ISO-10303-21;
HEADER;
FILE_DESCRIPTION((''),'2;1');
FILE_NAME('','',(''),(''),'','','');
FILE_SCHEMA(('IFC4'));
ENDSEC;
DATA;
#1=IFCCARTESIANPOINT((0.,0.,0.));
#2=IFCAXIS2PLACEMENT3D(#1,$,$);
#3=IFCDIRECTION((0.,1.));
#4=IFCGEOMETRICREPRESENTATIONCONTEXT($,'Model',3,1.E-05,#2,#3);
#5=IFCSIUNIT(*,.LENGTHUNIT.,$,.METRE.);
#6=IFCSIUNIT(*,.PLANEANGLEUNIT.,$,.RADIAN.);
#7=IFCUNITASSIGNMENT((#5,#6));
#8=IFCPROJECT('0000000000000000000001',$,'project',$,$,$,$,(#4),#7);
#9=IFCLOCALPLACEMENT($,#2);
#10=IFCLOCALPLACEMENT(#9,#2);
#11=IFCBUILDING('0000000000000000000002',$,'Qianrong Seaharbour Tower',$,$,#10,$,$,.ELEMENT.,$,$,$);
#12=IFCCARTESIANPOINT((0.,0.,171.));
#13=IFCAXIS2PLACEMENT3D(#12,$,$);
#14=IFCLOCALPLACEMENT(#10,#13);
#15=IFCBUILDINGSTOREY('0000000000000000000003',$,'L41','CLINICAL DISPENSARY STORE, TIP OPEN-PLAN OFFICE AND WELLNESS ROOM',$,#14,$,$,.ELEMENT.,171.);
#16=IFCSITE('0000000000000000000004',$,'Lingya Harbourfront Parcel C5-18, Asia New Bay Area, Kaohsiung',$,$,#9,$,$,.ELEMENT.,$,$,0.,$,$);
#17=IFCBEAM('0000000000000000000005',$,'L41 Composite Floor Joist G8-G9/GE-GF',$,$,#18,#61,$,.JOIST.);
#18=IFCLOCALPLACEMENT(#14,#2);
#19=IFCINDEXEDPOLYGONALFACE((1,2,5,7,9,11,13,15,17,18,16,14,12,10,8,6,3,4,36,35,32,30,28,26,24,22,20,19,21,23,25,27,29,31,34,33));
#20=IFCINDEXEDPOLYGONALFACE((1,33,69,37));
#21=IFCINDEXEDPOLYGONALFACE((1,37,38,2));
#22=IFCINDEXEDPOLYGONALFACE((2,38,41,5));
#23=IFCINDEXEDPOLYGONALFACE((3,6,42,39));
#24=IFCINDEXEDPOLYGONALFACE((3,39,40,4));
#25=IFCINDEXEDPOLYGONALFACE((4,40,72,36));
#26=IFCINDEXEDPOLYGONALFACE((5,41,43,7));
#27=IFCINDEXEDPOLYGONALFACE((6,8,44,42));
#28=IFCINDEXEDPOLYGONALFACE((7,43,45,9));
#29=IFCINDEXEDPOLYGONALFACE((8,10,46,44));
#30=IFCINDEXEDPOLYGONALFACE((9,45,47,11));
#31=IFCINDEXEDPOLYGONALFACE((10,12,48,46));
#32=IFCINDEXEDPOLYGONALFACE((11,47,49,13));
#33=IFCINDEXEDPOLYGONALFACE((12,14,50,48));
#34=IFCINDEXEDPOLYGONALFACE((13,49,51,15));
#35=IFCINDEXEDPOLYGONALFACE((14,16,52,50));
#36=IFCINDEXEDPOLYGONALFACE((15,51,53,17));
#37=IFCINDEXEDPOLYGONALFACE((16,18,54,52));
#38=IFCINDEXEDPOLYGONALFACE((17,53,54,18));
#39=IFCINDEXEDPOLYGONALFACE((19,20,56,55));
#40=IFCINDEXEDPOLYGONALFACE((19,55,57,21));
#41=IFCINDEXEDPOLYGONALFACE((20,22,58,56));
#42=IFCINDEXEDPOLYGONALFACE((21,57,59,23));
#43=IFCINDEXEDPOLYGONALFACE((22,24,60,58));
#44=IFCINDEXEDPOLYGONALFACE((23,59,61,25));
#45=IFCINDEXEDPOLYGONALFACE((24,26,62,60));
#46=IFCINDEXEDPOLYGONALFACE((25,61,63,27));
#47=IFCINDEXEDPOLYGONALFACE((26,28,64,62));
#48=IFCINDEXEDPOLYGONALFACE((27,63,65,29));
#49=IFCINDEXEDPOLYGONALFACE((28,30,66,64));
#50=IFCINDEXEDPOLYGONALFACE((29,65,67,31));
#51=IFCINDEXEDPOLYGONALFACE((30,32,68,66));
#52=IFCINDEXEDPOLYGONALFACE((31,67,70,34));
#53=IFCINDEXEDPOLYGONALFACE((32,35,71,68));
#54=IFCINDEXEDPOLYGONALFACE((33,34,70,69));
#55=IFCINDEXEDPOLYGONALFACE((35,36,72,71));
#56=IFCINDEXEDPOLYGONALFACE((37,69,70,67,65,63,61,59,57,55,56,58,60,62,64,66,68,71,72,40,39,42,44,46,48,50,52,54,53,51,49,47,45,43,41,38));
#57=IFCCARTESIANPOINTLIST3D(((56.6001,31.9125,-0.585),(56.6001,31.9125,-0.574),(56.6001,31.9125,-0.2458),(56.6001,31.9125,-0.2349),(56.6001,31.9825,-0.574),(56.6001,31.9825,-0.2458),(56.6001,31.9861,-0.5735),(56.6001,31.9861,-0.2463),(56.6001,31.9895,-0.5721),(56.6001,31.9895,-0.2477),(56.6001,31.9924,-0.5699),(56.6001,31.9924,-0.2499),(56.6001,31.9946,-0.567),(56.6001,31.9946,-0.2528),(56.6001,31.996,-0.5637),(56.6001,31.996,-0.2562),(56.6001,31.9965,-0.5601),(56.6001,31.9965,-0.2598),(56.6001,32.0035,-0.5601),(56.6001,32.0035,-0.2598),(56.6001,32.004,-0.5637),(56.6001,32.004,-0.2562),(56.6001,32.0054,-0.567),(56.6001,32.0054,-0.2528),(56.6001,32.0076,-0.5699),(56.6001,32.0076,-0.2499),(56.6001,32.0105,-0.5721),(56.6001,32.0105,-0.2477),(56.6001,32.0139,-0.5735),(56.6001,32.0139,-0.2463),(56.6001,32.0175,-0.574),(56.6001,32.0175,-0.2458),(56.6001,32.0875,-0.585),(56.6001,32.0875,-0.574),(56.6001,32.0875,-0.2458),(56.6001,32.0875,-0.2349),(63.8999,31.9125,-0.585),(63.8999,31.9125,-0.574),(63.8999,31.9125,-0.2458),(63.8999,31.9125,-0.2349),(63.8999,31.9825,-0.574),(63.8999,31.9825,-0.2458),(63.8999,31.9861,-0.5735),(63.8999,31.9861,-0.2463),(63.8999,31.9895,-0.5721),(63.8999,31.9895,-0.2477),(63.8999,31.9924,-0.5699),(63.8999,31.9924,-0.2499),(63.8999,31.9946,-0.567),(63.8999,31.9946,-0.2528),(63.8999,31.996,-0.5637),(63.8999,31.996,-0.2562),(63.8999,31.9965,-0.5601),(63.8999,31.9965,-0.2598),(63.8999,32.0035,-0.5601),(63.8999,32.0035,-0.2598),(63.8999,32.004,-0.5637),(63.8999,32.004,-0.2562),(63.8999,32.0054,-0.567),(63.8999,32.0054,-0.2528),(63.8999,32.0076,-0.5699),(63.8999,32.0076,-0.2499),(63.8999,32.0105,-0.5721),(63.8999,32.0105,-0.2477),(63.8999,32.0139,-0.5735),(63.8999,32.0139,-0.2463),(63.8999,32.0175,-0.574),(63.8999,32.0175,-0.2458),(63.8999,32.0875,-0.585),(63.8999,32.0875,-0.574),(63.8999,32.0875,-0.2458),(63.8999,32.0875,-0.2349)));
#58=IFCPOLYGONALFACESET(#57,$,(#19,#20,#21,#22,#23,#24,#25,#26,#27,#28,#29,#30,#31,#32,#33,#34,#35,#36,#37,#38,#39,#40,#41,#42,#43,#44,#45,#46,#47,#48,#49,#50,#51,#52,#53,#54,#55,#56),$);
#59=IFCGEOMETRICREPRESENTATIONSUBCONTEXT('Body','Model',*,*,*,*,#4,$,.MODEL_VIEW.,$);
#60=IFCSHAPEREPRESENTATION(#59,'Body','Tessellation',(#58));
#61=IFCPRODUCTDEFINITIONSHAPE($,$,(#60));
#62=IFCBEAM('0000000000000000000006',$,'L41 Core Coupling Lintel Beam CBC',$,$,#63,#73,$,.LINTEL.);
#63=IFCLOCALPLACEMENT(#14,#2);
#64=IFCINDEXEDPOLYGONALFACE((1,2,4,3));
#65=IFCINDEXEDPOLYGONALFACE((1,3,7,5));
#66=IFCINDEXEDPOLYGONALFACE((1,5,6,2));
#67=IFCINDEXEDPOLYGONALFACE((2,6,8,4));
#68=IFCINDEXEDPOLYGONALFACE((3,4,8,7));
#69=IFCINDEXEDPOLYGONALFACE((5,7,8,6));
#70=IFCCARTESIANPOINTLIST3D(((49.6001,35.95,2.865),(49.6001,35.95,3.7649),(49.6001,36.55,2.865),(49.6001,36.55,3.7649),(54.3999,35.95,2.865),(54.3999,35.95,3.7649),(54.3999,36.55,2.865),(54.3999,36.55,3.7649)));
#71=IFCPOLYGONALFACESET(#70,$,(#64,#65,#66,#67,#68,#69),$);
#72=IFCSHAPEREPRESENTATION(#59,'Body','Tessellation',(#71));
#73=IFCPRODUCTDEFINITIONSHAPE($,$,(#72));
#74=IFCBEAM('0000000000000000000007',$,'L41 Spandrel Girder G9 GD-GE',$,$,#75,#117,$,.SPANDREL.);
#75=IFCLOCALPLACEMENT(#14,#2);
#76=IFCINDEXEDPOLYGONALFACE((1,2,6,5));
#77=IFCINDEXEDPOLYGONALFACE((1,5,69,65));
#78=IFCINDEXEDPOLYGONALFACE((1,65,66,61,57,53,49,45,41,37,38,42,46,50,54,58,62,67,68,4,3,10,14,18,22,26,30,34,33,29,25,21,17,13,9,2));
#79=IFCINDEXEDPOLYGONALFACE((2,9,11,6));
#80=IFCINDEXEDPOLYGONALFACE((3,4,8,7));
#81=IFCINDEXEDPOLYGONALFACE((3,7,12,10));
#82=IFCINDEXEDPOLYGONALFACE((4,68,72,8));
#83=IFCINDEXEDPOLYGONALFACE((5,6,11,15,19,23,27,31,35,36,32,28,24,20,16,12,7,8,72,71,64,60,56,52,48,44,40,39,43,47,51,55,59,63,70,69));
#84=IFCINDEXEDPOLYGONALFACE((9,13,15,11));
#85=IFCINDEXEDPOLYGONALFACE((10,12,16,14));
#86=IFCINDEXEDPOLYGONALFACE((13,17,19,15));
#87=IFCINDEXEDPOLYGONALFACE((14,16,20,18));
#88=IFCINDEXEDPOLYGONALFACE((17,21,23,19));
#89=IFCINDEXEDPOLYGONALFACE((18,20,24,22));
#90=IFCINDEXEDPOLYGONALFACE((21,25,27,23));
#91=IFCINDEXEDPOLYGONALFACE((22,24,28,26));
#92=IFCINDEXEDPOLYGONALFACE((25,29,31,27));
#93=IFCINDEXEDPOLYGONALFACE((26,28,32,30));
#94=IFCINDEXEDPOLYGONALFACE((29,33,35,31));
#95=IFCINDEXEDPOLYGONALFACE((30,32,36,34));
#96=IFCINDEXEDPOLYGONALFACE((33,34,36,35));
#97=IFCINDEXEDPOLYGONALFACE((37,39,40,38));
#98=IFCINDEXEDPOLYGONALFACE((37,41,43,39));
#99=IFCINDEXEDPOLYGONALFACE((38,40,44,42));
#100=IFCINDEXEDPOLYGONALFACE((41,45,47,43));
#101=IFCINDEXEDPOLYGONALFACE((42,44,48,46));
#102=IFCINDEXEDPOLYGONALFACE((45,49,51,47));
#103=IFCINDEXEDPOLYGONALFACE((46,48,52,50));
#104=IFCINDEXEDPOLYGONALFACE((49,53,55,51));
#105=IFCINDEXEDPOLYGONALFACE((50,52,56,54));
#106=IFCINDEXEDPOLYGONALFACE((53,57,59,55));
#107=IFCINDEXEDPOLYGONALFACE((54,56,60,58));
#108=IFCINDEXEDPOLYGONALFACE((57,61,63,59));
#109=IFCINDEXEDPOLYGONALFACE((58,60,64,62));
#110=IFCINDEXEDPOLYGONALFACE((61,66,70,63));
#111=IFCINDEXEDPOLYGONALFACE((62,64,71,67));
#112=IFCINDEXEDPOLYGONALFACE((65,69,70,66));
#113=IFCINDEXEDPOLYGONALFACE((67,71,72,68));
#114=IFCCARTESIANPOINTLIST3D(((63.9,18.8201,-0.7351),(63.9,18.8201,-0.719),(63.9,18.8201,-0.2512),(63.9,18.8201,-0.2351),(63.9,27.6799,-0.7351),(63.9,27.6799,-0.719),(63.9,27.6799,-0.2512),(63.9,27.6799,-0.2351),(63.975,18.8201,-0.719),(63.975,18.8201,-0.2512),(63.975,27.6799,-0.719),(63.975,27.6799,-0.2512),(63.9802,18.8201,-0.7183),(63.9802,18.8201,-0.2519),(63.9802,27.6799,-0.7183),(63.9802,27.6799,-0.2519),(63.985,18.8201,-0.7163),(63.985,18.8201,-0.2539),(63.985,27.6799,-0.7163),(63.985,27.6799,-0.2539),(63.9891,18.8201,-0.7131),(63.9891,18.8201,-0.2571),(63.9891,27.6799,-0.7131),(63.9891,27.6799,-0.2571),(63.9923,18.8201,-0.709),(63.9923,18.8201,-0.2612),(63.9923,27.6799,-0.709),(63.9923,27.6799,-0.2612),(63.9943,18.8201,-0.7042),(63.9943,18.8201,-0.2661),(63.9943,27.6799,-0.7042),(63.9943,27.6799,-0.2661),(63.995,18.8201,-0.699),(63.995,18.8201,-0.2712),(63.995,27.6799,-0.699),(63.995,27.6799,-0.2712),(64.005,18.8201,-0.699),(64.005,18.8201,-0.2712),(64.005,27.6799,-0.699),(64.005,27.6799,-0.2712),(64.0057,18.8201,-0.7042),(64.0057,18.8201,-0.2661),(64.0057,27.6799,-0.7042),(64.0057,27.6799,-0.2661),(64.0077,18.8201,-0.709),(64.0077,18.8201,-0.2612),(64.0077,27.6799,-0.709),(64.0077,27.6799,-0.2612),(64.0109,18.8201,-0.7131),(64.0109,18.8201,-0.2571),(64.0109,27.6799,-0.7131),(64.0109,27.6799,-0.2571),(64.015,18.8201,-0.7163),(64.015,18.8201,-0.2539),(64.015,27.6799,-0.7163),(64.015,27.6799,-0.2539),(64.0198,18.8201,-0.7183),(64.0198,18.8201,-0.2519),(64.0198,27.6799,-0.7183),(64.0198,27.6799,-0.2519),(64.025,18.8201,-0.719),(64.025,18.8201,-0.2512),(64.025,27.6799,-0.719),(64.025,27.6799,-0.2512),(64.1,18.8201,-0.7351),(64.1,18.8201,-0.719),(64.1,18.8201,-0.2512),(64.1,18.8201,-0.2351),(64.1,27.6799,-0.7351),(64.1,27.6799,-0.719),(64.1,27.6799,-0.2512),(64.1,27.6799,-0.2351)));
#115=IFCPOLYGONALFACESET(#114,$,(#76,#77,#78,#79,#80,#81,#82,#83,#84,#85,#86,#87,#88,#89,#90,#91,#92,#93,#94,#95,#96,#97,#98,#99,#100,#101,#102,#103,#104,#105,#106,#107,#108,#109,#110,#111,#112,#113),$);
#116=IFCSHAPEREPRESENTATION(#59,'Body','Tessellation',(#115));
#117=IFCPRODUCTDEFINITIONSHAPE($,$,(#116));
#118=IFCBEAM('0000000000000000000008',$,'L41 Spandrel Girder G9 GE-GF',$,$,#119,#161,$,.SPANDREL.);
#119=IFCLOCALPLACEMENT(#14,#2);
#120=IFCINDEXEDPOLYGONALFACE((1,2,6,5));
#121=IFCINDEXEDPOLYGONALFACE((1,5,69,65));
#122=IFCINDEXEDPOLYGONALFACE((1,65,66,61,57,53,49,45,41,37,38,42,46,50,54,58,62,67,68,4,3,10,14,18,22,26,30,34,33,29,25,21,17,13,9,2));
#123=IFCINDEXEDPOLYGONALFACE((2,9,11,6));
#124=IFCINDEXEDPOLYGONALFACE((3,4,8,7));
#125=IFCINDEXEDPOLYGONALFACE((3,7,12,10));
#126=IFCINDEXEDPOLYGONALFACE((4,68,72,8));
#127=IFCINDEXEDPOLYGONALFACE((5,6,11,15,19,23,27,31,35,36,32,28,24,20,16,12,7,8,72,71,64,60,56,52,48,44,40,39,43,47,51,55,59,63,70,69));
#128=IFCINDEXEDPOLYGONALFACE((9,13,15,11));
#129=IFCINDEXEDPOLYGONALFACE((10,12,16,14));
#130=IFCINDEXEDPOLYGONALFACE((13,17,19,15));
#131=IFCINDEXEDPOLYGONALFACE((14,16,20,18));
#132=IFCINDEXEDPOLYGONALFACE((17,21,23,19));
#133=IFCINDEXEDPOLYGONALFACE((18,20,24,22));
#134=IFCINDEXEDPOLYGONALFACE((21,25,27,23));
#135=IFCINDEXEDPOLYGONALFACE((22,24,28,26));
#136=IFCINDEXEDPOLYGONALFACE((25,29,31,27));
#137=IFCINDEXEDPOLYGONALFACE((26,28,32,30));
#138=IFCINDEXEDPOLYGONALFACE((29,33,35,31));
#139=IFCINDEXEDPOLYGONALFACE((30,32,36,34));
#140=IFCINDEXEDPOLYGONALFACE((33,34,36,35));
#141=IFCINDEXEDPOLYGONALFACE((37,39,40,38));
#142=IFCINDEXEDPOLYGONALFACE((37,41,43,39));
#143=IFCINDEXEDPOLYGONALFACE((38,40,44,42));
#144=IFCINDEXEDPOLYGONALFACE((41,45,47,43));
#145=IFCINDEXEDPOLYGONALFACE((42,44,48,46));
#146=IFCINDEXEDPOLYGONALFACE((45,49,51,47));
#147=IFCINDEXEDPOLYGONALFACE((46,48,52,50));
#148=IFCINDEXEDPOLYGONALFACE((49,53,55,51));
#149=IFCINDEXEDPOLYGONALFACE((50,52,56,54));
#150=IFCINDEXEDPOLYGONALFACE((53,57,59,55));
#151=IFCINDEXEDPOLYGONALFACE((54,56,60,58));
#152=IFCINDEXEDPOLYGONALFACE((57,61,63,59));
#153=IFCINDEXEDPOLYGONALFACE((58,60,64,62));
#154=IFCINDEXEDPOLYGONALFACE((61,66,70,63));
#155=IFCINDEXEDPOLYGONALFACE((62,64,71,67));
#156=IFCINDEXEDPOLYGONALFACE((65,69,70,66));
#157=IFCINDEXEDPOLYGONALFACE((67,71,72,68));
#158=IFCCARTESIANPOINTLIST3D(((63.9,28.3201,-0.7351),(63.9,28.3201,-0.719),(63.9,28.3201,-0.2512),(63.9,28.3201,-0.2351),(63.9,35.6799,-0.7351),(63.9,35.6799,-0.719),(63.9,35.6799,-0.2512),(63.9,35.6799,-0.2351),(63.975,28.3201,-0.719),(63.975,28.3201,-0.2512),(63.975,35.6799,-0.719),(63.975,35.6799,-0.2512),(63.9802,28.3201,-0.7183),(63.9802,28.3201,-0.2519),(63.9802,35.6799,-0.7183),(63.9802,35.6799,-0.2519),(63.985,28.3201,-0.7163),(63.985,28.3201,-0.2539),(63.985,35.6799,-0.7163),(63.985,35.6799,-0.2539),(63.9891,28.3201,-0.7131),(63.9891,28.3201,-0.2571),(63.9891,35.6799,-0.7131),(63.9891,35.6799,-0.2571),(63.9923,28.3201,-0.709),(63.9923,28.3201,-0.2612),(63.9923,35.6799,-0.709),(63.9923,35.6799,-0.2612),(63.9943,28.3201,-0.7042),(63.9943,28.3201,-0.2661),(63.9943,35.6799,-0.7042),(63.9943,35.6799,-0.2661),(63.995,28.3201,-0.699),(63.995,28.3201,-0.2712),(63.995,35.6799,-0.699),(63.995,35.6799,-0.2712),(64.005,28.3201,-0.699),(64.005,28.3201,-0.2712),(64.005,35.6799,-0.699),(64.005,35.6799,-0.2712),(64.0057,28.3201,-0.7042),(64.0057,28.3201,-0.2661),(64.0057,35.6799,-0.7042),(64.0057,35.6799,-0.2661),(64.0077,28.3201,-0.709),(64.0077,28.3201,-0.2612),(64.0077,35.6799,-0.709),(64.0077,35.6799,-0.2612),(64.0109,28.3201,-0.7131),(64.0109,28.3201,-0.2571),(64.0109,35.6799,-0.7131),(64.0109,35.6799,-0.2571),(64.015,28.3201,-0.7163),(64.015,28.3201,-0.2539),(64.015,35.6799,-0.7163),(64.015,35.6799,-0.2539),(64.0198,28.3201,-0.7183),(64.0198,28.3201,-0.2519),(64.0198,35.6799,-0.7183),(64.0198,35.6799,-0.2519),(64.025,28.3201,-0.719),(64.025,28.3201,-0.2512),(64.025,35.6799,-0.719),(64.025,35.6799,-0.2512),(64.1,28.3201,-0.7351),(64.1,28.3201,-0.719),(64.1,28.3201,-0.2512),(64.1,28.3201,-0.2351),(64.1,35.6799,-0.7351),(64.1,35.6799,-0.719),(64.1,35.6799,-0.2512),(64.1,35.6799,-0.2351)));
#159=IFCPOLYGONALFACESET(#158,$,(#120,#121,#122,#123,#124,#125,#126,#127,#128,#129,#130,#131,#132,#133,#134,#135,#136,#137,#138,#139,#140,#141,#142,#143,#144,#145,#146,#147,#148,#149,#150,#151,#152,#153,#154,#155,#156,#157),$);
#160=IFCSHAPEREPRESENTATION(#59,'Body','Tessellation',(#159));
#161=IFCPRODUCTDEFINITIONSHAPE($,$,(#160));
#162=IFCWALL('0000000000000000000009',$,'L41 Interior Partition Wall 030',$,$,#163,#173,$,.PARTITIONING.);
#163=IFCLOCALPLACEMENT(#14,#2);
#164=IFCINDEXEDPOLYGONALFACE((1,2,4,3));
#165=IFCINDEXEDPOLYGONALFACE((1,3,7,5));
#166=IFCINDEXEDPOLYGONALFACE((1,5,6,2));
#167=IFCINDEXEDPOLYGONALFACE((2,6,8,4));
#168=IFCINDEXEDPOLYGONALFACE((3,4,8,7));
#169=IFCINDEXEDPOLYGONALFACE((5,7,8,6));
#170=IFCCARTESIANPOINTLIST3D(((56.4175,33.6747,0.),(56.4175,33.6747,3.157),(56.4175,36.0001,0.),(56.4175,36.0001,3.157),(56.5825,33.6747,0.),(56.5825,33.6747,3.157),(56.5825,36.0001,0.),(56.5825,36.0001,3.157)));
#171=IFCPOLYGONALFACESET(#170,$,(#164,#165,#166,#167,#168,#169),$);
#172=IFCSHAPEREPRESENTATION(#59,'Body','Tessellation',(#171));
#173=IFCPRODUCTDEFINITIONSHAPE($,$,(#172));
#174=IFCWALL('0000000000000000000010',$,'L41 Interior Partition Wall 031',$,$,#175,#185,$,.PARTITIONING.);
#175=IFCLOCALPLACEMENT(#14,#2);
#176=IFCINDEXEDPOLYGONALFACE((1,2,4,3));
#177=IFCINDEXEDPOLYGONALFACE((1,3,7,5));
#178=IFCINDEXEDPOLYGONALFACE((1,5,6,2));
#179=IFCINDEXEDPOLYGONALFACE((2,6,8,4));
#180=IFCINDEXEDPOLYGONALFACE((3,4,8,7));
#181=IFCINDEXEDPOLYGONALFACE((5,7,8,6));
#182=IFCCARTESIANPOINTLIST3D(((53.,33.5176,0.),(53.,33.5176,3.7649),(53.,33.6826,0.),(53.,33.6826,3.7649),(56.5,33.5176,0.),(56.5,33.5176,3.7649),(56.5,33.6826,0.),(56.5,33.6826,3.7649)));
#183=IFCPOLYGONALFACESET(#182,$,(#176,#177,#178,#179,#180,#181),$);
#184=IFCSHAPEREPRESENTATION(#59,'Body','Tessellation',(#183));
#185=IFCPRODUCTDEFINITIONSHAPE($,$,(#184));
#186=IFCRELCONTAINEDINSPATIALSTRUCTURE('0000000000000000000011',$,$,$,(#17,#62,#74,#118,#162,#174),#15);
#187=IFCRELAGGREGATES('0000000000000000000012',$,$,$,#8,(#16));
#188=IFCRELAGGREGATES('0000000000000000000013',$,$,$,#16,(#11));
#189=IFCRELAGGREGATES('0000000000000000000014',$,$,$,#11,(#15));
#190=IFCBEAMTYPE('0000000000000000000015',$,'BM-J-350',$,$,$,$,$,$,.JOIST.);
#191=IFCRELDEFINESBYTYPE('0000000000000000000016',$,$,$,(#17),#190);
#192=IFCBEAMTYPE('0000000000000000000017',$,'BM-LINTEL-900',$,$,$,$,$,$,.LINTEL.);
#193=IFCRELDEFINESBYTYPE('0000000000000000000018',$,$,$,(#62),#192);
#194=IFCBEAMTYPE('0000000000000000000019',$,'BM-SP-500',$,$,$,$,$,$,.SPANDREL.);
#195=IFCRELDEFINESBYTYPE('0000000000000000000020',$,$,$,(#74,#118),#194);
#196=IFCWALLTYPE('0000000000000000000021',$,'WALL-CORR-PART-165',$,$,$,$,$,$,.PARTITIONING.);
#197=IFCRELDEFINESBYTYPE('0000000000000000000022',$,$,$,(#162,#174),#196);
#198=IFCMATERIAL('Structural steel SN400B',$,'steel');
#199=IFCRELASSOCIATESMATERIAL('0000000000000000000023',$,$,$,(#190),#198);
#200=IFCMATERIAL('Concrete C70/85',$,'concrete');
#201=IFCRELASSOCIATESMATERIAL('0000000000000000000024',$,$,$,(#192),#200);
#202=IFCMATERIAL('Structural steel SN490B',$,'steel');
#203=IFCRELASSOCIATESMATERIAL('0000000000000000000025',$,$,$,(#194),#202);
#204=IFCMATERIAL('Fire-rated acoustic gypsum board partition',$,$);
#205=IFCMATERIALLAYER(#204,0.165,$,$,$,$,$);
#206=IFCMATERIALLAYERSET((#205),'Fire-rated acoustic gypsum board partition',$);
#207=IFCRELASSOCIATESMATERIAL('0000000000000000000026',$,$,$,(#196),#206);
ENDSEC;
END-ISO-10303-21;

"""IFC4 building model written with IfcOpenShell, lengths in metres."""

from ifc_helpers import new_model, si_unit, direction, frame, frame_2d, origin, origin_2d, place, context, subcontext, project, spatial, rectangle, i_section, extrude, material, layer, layer_set, material_profile, profile_set, type_object, element, save


model = new_model("IFC4")

# Units and contexts
model_context = context("Model", 3, precision=1e-05, world=origin(), true_north=direction((0.0, 1.0)))
body_context = subcontext(model_context, "Body", "Model", "MODEL_VIEW")
ifc_project = project(units=[si_unit("LENGTHUNIT", "METRE"), si_unit("PLANEANGLEUNIT", "RADIAN")], contexts=[model_context])

# Site, building, storey
site_placement = place(None, origin())
site = spatial("IfcSite", under=ifc_project, at=site_placement, Name="Lingya Harbourfront Parcel C5-18, Asia New Bay Area, Kaohsiung", CompositionType="ELEMENT", RefElevation=0.0)
building_placement = place(site_placement, origin())
building = spatial("IfcBuilding", under=site, at=building_placement, Name="Qianrong Seaharbour Tower", CompositionType="ELEMENT")
storey_placement = place(building_placement, frame((0.0, 0.0, 171.0)))
storey = spatial("IfcBuildingStorey", under=building, at=storey_placement, Name="L41", Description="CLINICAL DISPENSARY STORE, TIP OPEN-PLAN OFFICE AND WELLNESS ROOM", CompositionType="ELEMENT", Elevation=171.0)

# Shared definitions
ifc_material_1 = material(Name="Structural steel SN490B", Category="steel")

# Beams
ifc_material_2 = material(Name="Structural steel SN400B", Category="steel")
ifc_material_profile_1 = material_profile(ifc_material_2, i_section(OverallWidth=0.175, OverallDepth=0.3501, WebThickness=0.0071, FlangeThickness=0.011, FilletRadius=0.0139, at=origin_2d()), Name="H350x175x7x11")
ifc_profile_set_1 = profile_set([ifc_material_profile_1], Name="Structural steel SN400B")
beam_type_1 = type_object("IfcBeamType", Name="BM-J-350", PredefinedType="JOIST", material=ifc_profile_set_1)
beam_1_placement = place(storey_placement, frame((56.6001, 32.0, -0.4099), z_axis=(1.0, 0.0, 0.0), x_axis=(0.0, 1.0, 0.0)))
element("IfcBeam", 1, at=beam_1_placement, inside=storey, type_object=beam_type_1, Name="L41 Composite Floor Joist G8-G9/GE-GF", PredefinedType="JOIST", context=body_context, shape_type="SweptSolid", body=[
    extrude(i_section(OverallWidth=0.175, OverallDepth=0.3501, WebThickness=0.0071, FlangeThickness=0.011, FilletRadius=0.0139, at=origin_2d()), origin(), (0.0, 0.0, 1.0), 7.2998),
])
ifc_material_3 = material(Name="Concrete C70/85", Category="concrete")
ifc_material_profile_2 = material_profile(ifc_material_3, rectangle(XDim=0.6001, YDim=0.8999, at=origin_2d()), Name="RC600x900")
ifc_profile_set_2 = profile_set([ifc_material_profile_2], Name="Concrete C70/85")
beam_type_2 = type_object("IfcBeamType", Name="BM-LINTEL-900", PredefinedType="LINTEL", material=ifc_profile_set_2)
beam_2_placement = place(storey_placement, frame((49.6001, 36.25, 3.3149), z_axis=(1.0, 0.0, 0.0), x_axis=(0.0, 1.0, 0.0)))
element("IfcBeam", 2, at=beam_2_placement, inside=storey, type_object=beam_type_2, Name="L41 Core Coupling Lintel Beam CBC", PredefinedType="LINTEL", context=body_context, shape_type="SweptSolid", body=[
    extrude(rectangle(XDim=0.6001, YDim=0.8999, at=origin_2d()), origin(), (0.0, 0.0, 1.0), 4.7998),
])
ifc_material_profile_3 = material_profile(ifc_material_1, i_section(OverallWidth=0.2, OverallDepth=0.5, WebThickness=0.01, FlangeThickness=0.0161, FilletRadius=0.02, at=origin_2d()), Name="H500x200x10x16")
ifc_profile_set_3 = profile_set([ifc_material_profile_3], Name="Structural steel SN490B")
beam_type_3 = type_object("IfcBeamType", Name="BM-SP-500", PredefinedType="SPANDREL", material=ifc_profile_set_3)
beam_3_placement = place(storey_placement, frame((64.0, 18.8201, -0.4851), z_axis=(0.0, 1.0, 0.0), x_axis=(-1.0, 0.0, 0.0)))
element("IfcBeam", 3, at=beam_3_placement, inside=storey, type_object=beam_type_3, Name="L41 Spandrel Girder G9 GD-GE", PredefinedType="SPANDREL", context=body_context, shape_type="SweptSolid", body=[
    extrude(i_section(OverallWidth=0.2, OverallDepth=0.5, WebThickness=0.01, FlangeThickness=0.0161, FilletRadius=0.02, at=origin_2d()), origin(), (0.0, 0.0, 1.0), 8.8599),
])
beam_4_placement = place(storey_placement, frame((64.0, 28.3201, -0.4851), z_axis=(0.0, 1.0, 0.0), x_axis=(-1.0, 0.0, 0.0)))
element("IfcBeam", 4, at=beam_4_placement, inside=storey, type_object=beam_type_3, Name="L41 Spandrel Girder G9 GE-GF", PredefinedType="SPANDREL", context=body_context, shape_type="SweptSolid", body=[
    extrude(i_section(OverallWidth=0.2, OverallDepth=0.5, WebThickness=0.01, FlangeThickness=0.0161, FilletRadius=0.02, at=origin_2d()), origin(), (0.0, 0.0, 1.0), 7.3599),
])

# Walls
ifc_material_4 = material(Name="Fire-rated acoustic gypsum board partition")
ifc_layer_1 = layer(ifc_material_4, 0.165)
ifc_layer_set_1 = layer_set([ifc_layer_1], Name="Fire-rated acoustic gypsum board partition")
wall_type_1 = type_object("IfcWallType", Name="WALL-CORR-PART-165", PredefinedType="PARTITIONING", material=ifc_layer_set_1)
wall_1_placement = place(storey_placement, frame((56.5, 36.0, 0.0), z_axis=(0.0, 0.0, 1.0), x_axis=(0.0, -1.0, 0.0)))
element("IfcWall", 5, at=wall_1_placement, inside=storey, type_object=wall_type_1, Name="L41 Interior Partition Wall 030", PredefinedType="PARTITIONING", context=body_context, shape_type="SweptSolid", body=[
    extrude(rectangle(XDim=2.3254, YDim=0.165, at=frame_2d((1.1626, 0.0))), origin(), (0.0, 0.0, 1.0), 3.157),
])
wall_2_placement = place(storey_placement, frame((56.5, 33.6001, 0.0), z_axis=(0.0, 0.0, 1.0), x_axis=(-1.0, 0.0, 0.0)))
element("IfcWall", 6, at=wall_2_placement, inside=storey, type_object=wall_type_1, Name="L41 Interior Partition Wall 031", PredefinedType="PARTITIONING", context=body_context, shape_type="SweptSolid", body=[
    extrude(rectangle(XDim=3.5, YDim=0.165, at=frame_2d((1.75, 0.0))), origin(), (0.0, 0.0, 1.0), 3.7649),
])

save(model, "model.ifc")
